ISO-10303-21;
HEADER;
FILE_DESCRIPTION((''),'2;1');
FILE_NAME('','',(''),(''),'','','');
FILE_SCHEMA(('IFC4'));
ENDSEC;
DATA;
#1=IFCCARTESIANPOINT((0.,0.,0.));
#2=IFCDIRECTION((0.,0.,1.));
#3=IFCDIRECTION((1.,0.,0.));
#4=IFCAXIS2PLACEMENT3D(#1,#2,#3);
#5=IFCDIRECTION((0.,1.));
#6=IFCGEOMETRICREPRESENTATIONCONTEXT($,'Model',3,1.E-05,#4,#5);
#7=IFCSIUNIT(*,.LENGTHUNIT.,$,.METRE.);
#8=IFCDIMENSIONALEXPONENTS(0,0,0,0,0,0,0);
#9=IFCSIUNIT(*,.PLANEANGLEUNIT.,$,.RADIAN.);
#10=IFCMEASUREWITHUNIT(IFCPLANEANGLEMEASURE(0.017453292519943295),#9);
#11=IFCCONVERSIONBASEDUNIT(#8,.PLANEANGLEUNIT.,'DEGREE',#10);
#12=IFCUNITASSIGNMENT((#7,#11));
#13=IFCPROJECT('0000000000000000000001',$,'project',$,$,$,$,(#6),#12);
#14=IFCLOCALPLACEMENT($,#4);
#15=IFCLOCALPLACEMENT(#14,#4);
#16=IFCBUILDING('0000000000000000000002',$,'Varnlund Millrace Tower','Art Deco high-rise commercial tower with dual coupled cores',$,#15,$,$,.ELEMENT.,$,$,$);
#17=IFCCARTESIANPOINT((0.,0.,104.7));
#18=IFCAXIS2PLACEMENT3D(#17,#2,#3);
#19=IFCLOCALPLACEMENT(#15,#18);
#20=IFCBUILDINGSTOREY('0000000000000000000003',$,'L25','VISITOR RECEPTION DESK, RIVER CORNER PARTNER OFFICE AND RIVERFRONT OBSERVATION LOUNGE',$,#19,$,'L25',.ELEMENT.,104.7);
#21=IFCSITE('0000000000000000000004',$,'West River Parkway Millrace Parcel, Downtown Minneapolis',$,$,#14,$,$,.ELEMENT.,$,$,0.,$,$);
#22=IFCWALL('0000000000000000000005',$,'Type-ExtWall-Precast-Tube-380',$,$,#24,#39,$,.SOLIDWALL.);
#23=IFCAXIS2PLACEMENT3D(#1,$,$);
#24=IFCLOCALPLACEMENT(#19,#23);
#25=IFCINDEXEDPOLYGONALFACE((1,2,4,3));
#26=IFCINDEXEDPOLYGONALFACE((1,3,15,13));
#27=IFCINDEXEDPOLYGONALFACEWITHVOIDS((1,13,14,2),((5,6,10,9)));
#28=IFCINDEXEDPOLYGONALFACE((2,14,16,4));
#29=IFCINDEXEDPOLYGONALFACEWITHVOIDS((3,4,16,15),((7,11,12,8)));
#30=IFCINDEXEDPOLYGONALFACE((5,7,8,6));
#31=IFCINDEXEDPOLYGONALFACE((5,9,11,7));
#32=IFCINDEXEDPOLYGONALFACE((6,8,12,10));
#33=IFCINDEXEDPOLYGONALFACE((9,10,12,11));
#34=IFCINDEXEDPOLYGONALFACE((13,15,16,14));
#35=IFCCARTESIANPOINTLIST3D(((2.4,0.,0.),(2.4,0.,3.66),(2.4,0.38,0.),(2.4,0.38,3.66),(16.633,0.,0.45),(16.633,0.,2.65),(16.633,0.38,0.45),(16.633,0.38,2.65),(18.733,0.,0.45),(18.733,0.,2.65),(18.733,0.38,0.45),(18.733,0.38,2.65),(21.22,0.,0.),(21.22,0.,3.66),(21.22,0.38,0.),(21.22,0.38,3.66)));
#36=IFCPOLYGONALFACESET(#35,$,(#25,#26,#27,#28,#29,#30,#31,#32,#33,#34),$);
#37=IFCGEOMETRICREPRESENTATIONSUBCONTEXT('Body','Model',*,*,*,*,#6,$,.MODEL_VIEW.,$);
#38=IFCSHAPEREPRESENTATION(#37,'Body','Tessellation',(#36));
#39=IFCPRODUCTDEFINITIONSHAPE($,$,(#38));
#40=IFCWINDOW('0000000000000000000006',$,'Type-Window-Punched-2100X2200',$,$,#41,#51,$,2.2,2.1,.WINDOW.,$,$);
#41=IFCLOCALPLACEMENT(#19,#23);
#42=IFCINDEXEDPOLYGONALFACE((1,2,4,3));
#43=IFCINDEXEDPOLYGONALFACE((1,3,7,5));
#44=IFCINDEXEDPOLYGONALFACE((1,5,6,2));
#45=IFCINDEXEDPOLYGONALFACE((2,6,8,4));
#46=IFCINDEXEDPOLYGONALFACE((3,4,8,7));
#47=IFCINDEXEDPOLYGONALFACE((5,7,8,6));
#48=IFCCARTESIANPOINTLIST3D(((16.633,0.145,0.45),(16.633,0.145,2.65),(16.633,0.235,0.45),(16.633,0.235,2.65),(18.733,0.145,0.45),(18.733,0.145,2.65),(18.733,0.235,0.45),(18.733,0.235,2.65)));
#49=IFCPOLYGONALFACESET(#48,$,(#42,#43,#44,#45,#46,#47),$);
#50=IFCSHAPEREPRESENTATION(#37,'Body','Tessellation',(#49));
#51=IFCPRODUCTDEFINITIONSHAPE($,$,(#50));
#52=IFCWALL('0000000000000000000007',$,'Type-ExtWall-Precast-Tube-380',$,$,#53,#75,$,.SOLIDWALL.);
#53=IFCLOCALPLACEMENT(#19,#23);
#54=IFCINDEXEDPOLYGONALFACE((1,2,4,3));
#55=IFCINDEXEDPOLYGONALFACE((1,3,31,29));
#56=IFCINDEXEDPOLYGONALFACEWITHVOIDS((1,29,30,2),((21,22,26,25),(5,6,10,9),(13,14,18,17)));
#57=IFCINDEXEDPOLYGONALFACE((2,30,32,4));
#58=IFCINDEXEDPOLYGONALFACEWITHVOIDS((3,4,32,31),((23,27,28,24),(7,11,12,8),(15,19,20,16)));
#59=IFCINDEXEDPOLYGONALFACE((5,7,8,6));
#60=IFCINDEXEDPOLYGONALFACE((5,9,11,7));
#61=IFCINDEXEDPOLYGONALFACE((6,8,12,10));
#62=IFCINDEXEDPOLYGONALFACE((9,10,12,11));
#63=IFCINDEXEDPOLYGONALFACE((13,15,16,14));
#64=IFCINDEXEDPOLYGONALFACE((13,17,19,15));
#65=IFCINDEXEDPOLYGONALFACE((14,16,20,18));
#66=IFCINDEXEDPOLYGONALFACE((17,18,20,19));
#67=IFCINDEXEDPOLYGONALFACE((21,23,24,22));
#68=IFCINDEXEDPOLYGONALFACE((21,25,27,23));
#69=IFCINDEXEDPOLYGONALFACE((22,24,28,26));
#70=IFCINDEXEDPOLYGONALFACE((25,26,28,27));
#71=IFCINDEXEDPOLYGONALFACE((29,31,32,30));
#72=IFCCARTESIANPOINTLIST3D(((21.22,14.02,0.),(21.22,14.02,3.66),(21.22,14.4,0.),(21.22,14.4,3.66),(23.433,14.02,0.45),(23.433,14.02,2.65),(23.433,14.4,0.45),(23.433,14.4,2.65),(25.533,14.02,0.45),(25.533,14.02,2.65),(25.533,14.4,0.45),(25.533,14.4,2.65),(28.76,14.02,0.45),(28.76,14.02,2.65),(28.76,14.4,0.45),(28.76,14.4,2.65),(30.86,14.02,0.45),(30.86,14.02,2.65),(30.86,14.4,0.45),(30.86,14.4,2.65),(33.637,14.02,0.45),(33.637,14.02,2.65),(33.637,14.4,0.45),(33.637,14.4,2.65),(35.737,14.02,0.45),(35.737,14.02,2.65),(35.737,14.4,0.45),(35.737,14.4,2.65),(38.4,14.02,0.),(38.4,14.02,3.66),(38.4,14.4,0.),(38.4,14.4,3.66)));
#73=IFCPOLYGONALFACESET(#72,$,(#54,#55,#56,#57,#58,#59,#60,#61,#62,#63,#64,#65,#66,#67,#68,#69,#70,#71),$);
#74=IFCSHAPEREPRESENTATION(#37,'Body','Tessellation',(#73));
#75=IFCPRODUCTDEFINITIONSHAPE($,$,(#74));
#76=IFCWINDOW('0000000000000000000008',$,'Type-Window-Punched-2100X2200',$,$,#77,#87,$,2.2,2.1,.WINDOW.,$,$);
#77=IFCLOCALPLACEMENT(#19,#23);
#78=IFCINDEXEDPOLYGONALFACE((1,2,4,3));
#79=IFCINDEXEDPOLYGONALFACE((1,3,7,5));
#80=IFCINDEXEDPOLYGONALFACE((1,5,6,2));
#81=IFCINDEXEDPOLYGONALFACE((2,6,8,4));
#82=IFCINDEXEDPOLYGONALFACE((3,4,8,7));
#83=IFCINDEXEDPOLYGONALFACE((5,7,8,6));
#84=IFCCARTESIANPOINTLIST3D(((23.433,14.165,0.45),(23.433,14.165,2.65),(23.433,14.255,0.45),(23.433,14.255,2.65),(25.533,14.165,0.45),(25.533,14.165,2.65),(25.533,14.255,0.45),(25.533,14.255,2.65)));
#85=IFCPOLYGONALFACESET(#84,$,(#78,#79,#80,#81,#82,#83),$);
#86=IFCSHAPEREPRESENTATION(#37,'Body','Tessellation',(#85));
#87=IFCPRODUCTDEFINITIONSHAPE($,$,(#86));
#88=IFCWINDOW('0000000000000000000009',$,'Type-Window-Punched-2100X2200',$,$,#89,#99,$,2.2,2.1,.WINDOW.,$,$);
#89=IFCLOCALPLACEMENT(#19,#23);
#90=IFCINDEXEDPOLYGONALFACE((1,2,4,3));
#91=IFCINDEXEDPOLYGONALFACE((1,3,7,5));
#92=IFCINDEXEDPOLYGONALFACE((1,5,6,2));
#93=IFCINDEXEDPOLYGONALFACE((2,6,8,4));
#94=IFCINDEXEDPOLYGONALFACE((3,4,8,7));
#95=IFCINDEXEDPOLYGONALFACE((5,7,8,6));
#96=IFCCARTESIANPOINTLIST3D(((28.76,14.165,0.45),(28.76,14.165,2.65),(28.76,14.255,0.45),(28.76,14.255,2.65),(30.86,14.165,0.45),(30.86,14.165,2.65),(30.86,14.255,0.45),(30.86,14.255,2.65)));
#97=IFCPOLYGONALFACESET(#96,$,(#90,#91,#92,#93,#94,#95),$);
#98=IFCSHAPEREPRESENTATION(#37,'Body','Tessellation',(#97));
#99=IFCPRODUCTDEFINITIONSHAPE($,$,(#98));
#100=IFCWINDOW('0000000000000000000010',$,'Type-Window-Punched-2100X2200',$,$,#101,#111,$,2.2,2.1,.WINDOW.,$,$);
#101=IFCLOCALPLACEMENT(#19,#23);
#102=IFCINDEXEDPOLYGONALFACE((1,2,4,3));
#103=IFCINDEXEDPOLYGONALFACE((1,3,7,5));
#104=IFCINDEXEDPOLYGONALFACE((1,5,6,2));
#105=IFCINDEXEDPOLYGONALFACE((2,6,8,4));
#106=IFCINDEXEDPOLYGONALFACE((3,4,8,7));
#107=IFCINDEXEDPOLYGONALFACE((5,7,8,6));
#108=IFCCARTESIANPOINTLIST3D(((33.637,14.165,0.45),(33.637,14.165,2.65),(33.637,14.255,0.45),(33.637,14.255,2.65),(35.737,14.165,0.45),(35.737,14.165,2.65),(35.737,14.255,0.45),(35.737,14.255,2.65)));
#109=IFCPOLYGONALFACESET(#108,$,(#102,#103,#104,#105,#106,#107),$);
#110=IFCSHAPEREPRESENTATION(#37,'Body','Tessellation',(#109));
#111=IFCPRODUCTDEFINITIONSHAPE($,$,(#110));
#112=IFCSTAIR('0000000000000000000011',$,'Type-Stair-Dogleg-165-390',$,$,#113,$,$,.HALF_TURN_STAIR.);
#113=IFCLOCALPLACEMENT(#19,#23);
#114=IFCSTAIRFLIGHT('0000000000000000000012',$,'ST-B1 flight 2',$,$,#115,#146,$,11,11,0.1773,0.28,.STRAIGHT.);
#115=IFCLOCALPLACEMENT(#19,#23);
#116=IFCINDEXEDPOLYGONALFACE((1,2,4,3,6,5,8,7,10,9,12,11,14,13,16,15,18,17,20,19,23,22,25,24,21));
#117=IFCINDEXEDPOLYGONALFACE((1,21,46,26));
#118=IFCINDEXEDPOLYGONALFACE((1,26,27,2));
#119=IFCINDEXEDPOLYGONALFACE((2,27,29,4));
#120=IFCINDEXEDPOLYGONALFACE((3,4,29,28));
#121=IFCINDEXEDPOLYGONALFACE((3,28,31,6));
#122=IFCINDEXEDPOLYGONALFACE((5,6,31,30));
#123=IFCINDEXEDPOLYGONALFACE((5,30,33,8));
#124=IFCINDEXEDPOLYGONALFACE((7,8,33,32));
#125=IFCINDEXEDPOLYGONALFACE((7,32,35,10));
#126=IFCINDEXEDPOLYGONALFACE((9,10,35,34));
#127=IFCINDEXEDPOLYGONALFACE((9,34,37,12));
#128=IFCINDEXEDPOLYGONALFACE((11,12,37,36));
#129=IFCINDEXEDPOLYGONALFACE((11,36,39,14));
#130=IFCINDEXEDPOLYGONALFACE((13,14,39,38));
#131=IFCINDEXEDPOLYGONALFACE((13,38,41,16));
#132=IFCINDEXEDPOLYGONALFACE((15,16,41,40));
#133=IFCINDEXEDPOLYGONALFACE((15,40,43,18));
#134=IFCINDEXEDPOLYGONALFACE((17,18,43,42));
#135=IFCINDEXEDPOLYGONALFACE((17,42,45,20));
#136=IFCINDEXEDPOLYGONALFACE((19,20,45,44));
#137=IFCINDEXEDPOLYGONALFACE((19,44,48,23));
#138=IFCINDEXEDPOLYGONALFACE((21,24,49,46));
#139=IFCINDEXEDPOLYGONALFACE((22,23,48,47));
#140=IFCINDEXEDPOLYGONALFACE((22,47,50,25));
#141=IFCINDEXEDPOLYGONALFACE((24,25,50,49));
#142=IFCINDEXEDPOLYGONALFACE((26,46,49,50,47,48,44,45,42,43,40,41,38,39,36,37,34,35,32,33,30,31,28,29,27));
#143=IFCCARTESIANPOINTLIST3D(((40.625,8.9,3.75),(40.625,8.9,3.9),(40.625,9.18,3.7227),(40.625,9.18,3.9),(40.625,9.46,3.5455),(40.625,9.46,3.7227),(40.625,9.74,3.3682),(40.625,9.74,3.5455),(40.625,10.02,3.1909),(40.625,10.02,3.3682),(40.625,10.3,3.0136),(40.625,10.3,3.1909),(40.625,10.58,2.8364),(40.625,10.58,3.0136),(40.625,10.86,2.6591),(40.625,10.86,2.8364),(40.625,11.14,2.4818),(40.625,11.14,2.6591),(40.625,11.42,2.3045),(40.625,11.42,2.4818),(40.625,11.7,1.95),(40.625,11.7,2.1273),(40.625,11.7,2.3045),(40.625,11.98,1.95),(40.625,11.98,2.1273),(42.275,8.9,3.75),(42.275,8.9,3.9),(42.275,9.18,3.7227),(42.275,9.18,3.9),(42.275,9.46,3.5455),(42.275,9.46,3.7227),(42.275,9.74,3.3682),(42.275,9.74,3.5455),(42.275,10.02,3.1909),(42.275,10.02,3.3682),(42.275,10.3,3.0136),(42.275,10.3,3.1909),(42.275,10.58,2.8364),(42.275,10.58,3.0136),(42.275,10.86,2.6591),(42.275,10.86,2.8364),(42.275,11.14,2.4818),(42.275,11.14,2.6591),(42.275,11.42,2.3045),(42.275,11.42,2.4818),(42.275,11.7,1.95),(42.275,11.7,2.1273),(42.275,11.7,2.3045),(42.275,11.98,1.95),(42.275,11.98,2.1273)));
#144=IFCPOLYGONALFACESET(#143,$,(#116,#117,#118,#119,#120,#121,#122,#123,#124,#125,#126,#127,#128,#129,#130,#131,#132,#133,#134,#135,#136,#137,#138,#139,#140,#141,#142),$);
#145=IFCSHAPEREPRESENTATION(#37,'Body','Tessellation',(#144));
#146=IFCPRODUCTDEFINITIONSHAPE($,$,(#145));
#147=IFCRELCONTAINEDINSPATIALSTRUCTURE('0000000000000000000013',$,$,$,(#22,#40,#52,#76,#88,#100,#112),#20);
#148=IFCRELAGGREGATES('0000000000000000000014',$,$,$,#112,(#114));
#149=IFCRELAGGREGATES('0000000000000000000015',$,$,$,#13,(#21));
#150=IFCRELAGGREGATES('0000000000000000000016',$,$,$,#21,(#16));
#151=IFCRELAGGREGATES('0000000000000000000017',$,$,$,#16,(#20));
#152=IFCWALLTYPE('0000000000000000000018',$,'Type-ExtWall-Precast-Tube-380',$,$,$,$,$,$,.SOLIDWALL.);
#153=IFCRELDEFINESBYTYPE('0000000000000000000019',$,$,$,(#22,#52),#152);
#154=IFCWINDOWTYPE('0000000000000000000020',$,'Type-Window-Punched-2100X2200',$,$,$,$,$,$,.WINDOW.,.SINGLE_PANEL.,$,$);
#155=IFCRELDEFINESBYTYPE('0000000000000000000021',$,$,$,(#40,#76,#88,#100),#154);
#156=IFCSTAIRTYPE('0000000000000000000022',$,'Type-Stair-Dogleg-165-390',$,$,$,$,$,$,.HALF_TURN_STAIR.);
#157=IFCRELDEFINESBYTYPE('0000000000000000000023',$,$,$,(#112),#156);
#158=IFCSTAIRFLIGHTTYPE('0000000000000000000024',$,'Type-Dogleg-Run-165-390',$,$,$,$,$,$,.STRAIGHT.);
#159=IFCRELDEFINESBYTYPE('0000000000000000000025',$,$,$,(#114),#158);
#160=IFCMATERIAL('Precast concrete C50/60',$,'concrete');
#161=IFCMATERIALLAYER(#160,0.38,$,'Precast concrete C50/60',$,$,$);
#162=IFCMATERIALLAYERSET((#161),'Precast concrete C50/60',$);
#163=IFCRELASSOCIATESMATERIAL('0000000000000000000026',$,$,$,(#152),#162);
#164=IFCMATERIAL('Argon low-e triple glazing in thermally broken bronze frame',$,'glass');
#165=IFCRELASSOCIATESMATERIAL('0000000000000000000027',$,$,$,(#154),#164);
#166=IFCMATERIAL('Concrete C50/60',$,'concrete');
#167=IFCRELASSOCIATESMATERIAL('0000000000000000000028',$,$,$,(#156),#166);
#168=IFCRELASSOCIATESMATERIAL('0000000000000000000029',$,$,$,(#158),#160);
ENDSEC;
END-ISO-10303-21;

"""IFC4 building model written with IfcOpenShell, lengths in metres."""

from ifc_helpers import new_model, entity, si_unit, converted_unit, direction, frame, origin_with_axes, origin_2d_with_axis, place, context, subcontext, project, spatial, polyline, rectangle, outline, extrude, material, layer, layer_set, type_object, element, fill, aggregate, save


model = new_model("IFC4")

# Units and contexts
model_context = context("Model", 3, precision=1e-05, world=origin_with_axes(), true_north=direction((0.0, 1.0)))
body_context = subcontext(model_context, "Body", "Model", "MODEL_VIEW")
ifc_project = project(units=[si_unit("LENGTHUNIT", "METRE"), converted_unit("PLANEANGLEUNIT", "DEGREE", entity("IfcPlaneAngleMeasure", 0.017453292519943295), si_unit("PLANEANGLEUNIT", "RADIAN"), dimensions=[0, 0, 0, 0, 0, 0, 0])], contexts=[model_context])

# Site, building, storey
site_placement = place(None, origin_with_axes())
site = spatial("IfcSite", under=ifc_project, at=site_placement, Name="West River Parkway Millrace Parcel, Downtown Minneapolis", CompositionType="ELEMENT", RefElevation=0.0)
building_placement = place(site_placement, origin_with_axes())
building = spatial("IfcBuilding", under=site, at=building_placement, Name="Varnlund Millrace Tower", Description="Art Deco high-rise commercial tower with dual coupled cores", CompositionType="ELEMENT")
storey_placement = place(building_placement, frame((0.0, 0.0, 104.7), z_axis=(0.0, 0.0, 1.0), x_axis=(1.0, 0.0, 0.0)))
storey = spatial("IfcBuildingStorey", under=building, at=storey_placement, Name="L25", Description="VISITOR RECEPTION DESK, RIVER CORNER PARTNER OFFICE AND RIVERFRONT OBSERVATION LOUNGE", LongName="L25", CompositionType="ELEMENT", Elevation=104.7)

# Shared definitions
ifc_material_1 = material(Name="Precast concrete C50/60", Category="concrete")
ifc_layer = layer(ifc_material_1, 0.38, Name="Precast concrete C50/60")
ifc_layer_set = layer_set([ifc_layer], Name="Precast concrete C50/60")
wall_type = type_object("IfcWallType", Name="Type-ExtWall-Precast-Tube-380", PredefinedType="SOLIDWALL", material=ifc_layer_set)

# Shared definitions
ifc_material_2 = material(Name="Argon low-e triple glazing in thermally broken bronze frame", Category="glass")
window_type = type_object("IfcWindowType", Name="Type-Window-Punched-2100X2200", PartitioningType="SINGLE_PANEL", PredefinedType="WINDOW", material=ifc_material_2)

# Wall, opening, window
wall_1_placement = place(storey_placement, frame((21.22, 0.19, 0.0), z_axis=(0.0, 0.0, 1.0), x_axis=(-1.0, 0.0, 0.0)))
wall_1 = element("IfcWall", 1, at=wall_1_placement, inside=storey, type_object=wall_type, Name="Type-ExtWall-Precast-Tube-380", PredefinedType="SOLIDWALL", context=body_context, shape_type="SweptSolid", body=[
    extrude(outline(polyline([(0.0, -0.19), (18.82, -0.19), (18.82, 0.19), (0.0, 0.19), (0.0, -0.19)])), origin_with_axes(), (0.0, 0.0, 1.0), 3.66),
])
opening_1_placement = place(wall_1_placement, frame((3.537, 0.0, 0.45), z_axis=(0.0, 0.0, 1.0), x_axis=(1.0, 0.0, 0.0)))
opening_1 = element("IfcOpeningElement", 2, at=opening_1_placement, cuts=wall_1, PredefinedType="OPENING", context=body_context, shape_type="SweptSolid", body=[
    extrude(rectangle(XDim=2.1, YDim=0.4, at=origin_2d_with_axis()), origin_with_axes(), (0.0, 0.0, 1.0), 2.2),
])
window_1_placement = place(wall_1_placement, frame((3.537, 0.0, 0.45), z_axis=(0.0, 0.0, 1.0), x_axis=(1.0, 0.0, 0.0)))
window_1 = element("IfcWindow", 3, at=window_1_placement, inside=storey, type_object=window_type, Name="Type-Window-Punched-2100X2200", OverallHeight=2.2, OverallWidth=2.1, PredefinedType="WINDOW", context=body_context, shape_type="SweptSolid", body=[
    extrude(rectangle(XDim=2.1, YDim=0.09, at=origin_2d_with_axis()), origin_with_axes(), (0.0, 0.0, 1.0), 2.2),
])
fill(opening_1, window_1)

# Wall, openings, windows
wall_2_placement = place(storey_placement, frame((21.22, 14.21, 0.0), z_axis=(0.0, 0.0, 1.0), x_axis=(1.0, 0.0, 0.0)))
wall_2 = element("IfcWall", 4, at=wall_2_placement, inside=storey, type_object=wall_type, Name="Type-ExtWall-Precast-Tube-380", PredefinedType="SOLIDWALL", context=body_context, shape_type="SweptSolid", body=[
    extrude(outline(polyline([(0.0, -0.19), (17.18, -0.19), (17.18, 0.19), (0.0, 0.19), (0.0, -0.19)])), origin_with_axes(), (0.0, 0.0, 1.0), 3.66),
])
opening_2_placement = place(wall_2_placement, frame((3.263, 0.0, 0.45), z_axis=(0.0, 0.0, 1.0), x_axis=(1.0, 0.0, 0.0)))
opening_2 = element("IfcOpeningElement", 5, at=opening_2_placement, cuts=wall_2, PredefinedType="OPENING", context=body_context, shape_type="SweptSolid", body=[
    extrude(rectangle(XDim=2.1, YDim=0.4, at=origin_2d_with_axis()), origin_with_axes(), (0.0, 0.0, 1.0), 2.2),
])
opening_3_placement = place(wall_2_placement, frame((8.59, 0.0, 0.45), z_axis=(0.0, 0.0, 1.0), x_axis=(1.0, 0.0, 0.0)))
opening_3 = element("IfcOpeningElement", 6, at=opening_3_placement, cuts=wall_2, PredefinedType="OPENING", context=body_context, shape_type="SweptSolid", body=[
    extrude(rectangle(XDim=2.1, YDim=0.4, at=origin_2d_with_axis()), origin_with_axes(), (0.0, 0.0, 1.0), 2.2),
])
opening_4_placement = place(wall_2_placement, frame((13.467, 0.0, 0.45), z_axis=(0.0, 0.0, 1.0), x_axis=(1.0, 0.0, 0.0)))
opening_4 = element("IfcOpeningElement", 7, at=opening_4_placement, cuts=wall_2, PredefinedType="OPENING", context=body_context, shape_type="SweptSolid", body=[
    extrude(rectangle(XDim=2.1, YDim=0.4, at=origin_2d_with_axis()), origin_with_axes(), (0.0, 0.0, 1.0), 2.2),
])
window_2_placement = place(wall_2_placement, frame((3.263, 0.0, 0.45), z_axis=(0.0, 0.0, 1.0), x_axis=(1.0, 0.0, 0.0)))
window_2 = element("IfcWindow", 8, at=window_2_placement, inside=storey, type_object=window_type, Name="Type-Window-Punched-2100X2200", OverallHeight=2.2, OverallWidth=2.1, PredefinedType="WINDOW", context=body_context, shape_type="SweptSolid", body=[
    extrude(rectangle(XDim=2.1, YDim=0.09, at=origin_2d_with_axis()), origin_with_axes(), (0.0, 0.0, 1.0), 2.2),
])
fill(opening_2, window_2)
window_3_placement = place(wall_2_placement, frame((8.59, 0.0, 0.45), z_axis=(0.0, 0.0, 1.0), x_axis=(1.0, 0.0, 0.0)))
window_3 = element("IfcWindow", 9, at=window_3_placement, inside=storey, type_object=window_type, Name="Type-Window-Punched-2100X2200", OverallHeight=2.2, OverallWidth=2.1, PredefinedType="WINDOW", context=body_context, shape_type="SweptSolid", body=[
    extrude(rectangle(XDim=2.1, YDim=0.09, at=origin_2d_with_axis()), origin_with_axes(), (0.0, 0.0, 1.0), 2.2),
])
fill(opening_3, window_3)
window_4_placement = place(wall_2_placement, frame((13.467, 0.0, 0.45), z_axis=(0.0, 0.0, 1.0), x_axis=(1.0, 0.0, 0.0)))
window_4 = element("IfcWindow", 10, at=window_4_placement, inside=storey, type_object=window_type, Name="Type-Window-Punched-2100X2200", OverallHeight=2.2, OverallWidth=2.1, PredefinedType="WINDOW", context=body_context, shape_type="SweptSolid", body=[
    extrude(rectangle(XDim=2.1, YDim=0.09, at=origin_2d_with_axis()), origin_with_axes(), (0.0, 0.0, 1.0), 2.2),
])
fill(opening_4, window_4)

# Stair, stair flight
ifc_material_3 = material(Name="Concrete C50/60", Category="concrete")
stair_type = type_object("IfcStairType", Name="Type-Stair-Dogleg-165-390", PredefinedType="HALF_TURN_STAIR", material=ifc_material_3)
stair_placement = place(storey_placement, origin_with_axes())
stair = element("IfcStair", 11, at=stair_placement, inside=storey, type_object=stair_type, Name="Type-Stair-Dogleg-165-390", PredefinedType="HALF_TURN_STAIR")
stair_flight_type = type_object("IfcStairFlightType", Name="Type-Dogleg-Run-165-390", PredefinedType="STRAIGHT", material=ifc_material_1)
stair_flight_placement = place(storey_placement, frame((42.275, 11.98, 1.95), z_axis=(-1.0, 0.0, 0.0), x_axis=(0.0, -1.0, 0.0)))
stair_flight = element("IfcStairFlight", 12, at=stair_flight_placement, type_object=stair_flight_type, Name="ST-B1 flight 2", NumberOfRisers=11, NumberOfTreads=11, PredefinedType="STRAIGHT", RiserHeight=0.1773, TreadLength=0.28, context=body_context, shape_type="SweptSolid", body=[
    extrude(outline(polyline([(0.0, 0.0), (0.0, 0.1773), (0.28, 0.1773), (0.28, 0.3545), (0.56, 0.3545), (0.56, 0.5318), (0.84, 0.5318), (0.84, 0.7091), (1.12, 0.7091), (1.12, 0.8864), (1.4, 0.8864), (1.4, 1.0636), (1.68, 1.0636), (1.68, 1.2409), (1.96, 1.2409), (1.96, 1.4182), (2.24, 1.4182), (2.24, 1.5955), (2.52, 1.5955), (2.52, 1.7727), (2.8, 1.7727), (2.8, 1.95), (3.08, 1.95), (3.08, 1.8), (0.28, 0.0), (0.0, 0.0)])), origin_with_axes(), (0.0, 0.0, 1.0), 1.65),
])
aggregate(stair, [stair_flight])

save(model, "model.ifc")
